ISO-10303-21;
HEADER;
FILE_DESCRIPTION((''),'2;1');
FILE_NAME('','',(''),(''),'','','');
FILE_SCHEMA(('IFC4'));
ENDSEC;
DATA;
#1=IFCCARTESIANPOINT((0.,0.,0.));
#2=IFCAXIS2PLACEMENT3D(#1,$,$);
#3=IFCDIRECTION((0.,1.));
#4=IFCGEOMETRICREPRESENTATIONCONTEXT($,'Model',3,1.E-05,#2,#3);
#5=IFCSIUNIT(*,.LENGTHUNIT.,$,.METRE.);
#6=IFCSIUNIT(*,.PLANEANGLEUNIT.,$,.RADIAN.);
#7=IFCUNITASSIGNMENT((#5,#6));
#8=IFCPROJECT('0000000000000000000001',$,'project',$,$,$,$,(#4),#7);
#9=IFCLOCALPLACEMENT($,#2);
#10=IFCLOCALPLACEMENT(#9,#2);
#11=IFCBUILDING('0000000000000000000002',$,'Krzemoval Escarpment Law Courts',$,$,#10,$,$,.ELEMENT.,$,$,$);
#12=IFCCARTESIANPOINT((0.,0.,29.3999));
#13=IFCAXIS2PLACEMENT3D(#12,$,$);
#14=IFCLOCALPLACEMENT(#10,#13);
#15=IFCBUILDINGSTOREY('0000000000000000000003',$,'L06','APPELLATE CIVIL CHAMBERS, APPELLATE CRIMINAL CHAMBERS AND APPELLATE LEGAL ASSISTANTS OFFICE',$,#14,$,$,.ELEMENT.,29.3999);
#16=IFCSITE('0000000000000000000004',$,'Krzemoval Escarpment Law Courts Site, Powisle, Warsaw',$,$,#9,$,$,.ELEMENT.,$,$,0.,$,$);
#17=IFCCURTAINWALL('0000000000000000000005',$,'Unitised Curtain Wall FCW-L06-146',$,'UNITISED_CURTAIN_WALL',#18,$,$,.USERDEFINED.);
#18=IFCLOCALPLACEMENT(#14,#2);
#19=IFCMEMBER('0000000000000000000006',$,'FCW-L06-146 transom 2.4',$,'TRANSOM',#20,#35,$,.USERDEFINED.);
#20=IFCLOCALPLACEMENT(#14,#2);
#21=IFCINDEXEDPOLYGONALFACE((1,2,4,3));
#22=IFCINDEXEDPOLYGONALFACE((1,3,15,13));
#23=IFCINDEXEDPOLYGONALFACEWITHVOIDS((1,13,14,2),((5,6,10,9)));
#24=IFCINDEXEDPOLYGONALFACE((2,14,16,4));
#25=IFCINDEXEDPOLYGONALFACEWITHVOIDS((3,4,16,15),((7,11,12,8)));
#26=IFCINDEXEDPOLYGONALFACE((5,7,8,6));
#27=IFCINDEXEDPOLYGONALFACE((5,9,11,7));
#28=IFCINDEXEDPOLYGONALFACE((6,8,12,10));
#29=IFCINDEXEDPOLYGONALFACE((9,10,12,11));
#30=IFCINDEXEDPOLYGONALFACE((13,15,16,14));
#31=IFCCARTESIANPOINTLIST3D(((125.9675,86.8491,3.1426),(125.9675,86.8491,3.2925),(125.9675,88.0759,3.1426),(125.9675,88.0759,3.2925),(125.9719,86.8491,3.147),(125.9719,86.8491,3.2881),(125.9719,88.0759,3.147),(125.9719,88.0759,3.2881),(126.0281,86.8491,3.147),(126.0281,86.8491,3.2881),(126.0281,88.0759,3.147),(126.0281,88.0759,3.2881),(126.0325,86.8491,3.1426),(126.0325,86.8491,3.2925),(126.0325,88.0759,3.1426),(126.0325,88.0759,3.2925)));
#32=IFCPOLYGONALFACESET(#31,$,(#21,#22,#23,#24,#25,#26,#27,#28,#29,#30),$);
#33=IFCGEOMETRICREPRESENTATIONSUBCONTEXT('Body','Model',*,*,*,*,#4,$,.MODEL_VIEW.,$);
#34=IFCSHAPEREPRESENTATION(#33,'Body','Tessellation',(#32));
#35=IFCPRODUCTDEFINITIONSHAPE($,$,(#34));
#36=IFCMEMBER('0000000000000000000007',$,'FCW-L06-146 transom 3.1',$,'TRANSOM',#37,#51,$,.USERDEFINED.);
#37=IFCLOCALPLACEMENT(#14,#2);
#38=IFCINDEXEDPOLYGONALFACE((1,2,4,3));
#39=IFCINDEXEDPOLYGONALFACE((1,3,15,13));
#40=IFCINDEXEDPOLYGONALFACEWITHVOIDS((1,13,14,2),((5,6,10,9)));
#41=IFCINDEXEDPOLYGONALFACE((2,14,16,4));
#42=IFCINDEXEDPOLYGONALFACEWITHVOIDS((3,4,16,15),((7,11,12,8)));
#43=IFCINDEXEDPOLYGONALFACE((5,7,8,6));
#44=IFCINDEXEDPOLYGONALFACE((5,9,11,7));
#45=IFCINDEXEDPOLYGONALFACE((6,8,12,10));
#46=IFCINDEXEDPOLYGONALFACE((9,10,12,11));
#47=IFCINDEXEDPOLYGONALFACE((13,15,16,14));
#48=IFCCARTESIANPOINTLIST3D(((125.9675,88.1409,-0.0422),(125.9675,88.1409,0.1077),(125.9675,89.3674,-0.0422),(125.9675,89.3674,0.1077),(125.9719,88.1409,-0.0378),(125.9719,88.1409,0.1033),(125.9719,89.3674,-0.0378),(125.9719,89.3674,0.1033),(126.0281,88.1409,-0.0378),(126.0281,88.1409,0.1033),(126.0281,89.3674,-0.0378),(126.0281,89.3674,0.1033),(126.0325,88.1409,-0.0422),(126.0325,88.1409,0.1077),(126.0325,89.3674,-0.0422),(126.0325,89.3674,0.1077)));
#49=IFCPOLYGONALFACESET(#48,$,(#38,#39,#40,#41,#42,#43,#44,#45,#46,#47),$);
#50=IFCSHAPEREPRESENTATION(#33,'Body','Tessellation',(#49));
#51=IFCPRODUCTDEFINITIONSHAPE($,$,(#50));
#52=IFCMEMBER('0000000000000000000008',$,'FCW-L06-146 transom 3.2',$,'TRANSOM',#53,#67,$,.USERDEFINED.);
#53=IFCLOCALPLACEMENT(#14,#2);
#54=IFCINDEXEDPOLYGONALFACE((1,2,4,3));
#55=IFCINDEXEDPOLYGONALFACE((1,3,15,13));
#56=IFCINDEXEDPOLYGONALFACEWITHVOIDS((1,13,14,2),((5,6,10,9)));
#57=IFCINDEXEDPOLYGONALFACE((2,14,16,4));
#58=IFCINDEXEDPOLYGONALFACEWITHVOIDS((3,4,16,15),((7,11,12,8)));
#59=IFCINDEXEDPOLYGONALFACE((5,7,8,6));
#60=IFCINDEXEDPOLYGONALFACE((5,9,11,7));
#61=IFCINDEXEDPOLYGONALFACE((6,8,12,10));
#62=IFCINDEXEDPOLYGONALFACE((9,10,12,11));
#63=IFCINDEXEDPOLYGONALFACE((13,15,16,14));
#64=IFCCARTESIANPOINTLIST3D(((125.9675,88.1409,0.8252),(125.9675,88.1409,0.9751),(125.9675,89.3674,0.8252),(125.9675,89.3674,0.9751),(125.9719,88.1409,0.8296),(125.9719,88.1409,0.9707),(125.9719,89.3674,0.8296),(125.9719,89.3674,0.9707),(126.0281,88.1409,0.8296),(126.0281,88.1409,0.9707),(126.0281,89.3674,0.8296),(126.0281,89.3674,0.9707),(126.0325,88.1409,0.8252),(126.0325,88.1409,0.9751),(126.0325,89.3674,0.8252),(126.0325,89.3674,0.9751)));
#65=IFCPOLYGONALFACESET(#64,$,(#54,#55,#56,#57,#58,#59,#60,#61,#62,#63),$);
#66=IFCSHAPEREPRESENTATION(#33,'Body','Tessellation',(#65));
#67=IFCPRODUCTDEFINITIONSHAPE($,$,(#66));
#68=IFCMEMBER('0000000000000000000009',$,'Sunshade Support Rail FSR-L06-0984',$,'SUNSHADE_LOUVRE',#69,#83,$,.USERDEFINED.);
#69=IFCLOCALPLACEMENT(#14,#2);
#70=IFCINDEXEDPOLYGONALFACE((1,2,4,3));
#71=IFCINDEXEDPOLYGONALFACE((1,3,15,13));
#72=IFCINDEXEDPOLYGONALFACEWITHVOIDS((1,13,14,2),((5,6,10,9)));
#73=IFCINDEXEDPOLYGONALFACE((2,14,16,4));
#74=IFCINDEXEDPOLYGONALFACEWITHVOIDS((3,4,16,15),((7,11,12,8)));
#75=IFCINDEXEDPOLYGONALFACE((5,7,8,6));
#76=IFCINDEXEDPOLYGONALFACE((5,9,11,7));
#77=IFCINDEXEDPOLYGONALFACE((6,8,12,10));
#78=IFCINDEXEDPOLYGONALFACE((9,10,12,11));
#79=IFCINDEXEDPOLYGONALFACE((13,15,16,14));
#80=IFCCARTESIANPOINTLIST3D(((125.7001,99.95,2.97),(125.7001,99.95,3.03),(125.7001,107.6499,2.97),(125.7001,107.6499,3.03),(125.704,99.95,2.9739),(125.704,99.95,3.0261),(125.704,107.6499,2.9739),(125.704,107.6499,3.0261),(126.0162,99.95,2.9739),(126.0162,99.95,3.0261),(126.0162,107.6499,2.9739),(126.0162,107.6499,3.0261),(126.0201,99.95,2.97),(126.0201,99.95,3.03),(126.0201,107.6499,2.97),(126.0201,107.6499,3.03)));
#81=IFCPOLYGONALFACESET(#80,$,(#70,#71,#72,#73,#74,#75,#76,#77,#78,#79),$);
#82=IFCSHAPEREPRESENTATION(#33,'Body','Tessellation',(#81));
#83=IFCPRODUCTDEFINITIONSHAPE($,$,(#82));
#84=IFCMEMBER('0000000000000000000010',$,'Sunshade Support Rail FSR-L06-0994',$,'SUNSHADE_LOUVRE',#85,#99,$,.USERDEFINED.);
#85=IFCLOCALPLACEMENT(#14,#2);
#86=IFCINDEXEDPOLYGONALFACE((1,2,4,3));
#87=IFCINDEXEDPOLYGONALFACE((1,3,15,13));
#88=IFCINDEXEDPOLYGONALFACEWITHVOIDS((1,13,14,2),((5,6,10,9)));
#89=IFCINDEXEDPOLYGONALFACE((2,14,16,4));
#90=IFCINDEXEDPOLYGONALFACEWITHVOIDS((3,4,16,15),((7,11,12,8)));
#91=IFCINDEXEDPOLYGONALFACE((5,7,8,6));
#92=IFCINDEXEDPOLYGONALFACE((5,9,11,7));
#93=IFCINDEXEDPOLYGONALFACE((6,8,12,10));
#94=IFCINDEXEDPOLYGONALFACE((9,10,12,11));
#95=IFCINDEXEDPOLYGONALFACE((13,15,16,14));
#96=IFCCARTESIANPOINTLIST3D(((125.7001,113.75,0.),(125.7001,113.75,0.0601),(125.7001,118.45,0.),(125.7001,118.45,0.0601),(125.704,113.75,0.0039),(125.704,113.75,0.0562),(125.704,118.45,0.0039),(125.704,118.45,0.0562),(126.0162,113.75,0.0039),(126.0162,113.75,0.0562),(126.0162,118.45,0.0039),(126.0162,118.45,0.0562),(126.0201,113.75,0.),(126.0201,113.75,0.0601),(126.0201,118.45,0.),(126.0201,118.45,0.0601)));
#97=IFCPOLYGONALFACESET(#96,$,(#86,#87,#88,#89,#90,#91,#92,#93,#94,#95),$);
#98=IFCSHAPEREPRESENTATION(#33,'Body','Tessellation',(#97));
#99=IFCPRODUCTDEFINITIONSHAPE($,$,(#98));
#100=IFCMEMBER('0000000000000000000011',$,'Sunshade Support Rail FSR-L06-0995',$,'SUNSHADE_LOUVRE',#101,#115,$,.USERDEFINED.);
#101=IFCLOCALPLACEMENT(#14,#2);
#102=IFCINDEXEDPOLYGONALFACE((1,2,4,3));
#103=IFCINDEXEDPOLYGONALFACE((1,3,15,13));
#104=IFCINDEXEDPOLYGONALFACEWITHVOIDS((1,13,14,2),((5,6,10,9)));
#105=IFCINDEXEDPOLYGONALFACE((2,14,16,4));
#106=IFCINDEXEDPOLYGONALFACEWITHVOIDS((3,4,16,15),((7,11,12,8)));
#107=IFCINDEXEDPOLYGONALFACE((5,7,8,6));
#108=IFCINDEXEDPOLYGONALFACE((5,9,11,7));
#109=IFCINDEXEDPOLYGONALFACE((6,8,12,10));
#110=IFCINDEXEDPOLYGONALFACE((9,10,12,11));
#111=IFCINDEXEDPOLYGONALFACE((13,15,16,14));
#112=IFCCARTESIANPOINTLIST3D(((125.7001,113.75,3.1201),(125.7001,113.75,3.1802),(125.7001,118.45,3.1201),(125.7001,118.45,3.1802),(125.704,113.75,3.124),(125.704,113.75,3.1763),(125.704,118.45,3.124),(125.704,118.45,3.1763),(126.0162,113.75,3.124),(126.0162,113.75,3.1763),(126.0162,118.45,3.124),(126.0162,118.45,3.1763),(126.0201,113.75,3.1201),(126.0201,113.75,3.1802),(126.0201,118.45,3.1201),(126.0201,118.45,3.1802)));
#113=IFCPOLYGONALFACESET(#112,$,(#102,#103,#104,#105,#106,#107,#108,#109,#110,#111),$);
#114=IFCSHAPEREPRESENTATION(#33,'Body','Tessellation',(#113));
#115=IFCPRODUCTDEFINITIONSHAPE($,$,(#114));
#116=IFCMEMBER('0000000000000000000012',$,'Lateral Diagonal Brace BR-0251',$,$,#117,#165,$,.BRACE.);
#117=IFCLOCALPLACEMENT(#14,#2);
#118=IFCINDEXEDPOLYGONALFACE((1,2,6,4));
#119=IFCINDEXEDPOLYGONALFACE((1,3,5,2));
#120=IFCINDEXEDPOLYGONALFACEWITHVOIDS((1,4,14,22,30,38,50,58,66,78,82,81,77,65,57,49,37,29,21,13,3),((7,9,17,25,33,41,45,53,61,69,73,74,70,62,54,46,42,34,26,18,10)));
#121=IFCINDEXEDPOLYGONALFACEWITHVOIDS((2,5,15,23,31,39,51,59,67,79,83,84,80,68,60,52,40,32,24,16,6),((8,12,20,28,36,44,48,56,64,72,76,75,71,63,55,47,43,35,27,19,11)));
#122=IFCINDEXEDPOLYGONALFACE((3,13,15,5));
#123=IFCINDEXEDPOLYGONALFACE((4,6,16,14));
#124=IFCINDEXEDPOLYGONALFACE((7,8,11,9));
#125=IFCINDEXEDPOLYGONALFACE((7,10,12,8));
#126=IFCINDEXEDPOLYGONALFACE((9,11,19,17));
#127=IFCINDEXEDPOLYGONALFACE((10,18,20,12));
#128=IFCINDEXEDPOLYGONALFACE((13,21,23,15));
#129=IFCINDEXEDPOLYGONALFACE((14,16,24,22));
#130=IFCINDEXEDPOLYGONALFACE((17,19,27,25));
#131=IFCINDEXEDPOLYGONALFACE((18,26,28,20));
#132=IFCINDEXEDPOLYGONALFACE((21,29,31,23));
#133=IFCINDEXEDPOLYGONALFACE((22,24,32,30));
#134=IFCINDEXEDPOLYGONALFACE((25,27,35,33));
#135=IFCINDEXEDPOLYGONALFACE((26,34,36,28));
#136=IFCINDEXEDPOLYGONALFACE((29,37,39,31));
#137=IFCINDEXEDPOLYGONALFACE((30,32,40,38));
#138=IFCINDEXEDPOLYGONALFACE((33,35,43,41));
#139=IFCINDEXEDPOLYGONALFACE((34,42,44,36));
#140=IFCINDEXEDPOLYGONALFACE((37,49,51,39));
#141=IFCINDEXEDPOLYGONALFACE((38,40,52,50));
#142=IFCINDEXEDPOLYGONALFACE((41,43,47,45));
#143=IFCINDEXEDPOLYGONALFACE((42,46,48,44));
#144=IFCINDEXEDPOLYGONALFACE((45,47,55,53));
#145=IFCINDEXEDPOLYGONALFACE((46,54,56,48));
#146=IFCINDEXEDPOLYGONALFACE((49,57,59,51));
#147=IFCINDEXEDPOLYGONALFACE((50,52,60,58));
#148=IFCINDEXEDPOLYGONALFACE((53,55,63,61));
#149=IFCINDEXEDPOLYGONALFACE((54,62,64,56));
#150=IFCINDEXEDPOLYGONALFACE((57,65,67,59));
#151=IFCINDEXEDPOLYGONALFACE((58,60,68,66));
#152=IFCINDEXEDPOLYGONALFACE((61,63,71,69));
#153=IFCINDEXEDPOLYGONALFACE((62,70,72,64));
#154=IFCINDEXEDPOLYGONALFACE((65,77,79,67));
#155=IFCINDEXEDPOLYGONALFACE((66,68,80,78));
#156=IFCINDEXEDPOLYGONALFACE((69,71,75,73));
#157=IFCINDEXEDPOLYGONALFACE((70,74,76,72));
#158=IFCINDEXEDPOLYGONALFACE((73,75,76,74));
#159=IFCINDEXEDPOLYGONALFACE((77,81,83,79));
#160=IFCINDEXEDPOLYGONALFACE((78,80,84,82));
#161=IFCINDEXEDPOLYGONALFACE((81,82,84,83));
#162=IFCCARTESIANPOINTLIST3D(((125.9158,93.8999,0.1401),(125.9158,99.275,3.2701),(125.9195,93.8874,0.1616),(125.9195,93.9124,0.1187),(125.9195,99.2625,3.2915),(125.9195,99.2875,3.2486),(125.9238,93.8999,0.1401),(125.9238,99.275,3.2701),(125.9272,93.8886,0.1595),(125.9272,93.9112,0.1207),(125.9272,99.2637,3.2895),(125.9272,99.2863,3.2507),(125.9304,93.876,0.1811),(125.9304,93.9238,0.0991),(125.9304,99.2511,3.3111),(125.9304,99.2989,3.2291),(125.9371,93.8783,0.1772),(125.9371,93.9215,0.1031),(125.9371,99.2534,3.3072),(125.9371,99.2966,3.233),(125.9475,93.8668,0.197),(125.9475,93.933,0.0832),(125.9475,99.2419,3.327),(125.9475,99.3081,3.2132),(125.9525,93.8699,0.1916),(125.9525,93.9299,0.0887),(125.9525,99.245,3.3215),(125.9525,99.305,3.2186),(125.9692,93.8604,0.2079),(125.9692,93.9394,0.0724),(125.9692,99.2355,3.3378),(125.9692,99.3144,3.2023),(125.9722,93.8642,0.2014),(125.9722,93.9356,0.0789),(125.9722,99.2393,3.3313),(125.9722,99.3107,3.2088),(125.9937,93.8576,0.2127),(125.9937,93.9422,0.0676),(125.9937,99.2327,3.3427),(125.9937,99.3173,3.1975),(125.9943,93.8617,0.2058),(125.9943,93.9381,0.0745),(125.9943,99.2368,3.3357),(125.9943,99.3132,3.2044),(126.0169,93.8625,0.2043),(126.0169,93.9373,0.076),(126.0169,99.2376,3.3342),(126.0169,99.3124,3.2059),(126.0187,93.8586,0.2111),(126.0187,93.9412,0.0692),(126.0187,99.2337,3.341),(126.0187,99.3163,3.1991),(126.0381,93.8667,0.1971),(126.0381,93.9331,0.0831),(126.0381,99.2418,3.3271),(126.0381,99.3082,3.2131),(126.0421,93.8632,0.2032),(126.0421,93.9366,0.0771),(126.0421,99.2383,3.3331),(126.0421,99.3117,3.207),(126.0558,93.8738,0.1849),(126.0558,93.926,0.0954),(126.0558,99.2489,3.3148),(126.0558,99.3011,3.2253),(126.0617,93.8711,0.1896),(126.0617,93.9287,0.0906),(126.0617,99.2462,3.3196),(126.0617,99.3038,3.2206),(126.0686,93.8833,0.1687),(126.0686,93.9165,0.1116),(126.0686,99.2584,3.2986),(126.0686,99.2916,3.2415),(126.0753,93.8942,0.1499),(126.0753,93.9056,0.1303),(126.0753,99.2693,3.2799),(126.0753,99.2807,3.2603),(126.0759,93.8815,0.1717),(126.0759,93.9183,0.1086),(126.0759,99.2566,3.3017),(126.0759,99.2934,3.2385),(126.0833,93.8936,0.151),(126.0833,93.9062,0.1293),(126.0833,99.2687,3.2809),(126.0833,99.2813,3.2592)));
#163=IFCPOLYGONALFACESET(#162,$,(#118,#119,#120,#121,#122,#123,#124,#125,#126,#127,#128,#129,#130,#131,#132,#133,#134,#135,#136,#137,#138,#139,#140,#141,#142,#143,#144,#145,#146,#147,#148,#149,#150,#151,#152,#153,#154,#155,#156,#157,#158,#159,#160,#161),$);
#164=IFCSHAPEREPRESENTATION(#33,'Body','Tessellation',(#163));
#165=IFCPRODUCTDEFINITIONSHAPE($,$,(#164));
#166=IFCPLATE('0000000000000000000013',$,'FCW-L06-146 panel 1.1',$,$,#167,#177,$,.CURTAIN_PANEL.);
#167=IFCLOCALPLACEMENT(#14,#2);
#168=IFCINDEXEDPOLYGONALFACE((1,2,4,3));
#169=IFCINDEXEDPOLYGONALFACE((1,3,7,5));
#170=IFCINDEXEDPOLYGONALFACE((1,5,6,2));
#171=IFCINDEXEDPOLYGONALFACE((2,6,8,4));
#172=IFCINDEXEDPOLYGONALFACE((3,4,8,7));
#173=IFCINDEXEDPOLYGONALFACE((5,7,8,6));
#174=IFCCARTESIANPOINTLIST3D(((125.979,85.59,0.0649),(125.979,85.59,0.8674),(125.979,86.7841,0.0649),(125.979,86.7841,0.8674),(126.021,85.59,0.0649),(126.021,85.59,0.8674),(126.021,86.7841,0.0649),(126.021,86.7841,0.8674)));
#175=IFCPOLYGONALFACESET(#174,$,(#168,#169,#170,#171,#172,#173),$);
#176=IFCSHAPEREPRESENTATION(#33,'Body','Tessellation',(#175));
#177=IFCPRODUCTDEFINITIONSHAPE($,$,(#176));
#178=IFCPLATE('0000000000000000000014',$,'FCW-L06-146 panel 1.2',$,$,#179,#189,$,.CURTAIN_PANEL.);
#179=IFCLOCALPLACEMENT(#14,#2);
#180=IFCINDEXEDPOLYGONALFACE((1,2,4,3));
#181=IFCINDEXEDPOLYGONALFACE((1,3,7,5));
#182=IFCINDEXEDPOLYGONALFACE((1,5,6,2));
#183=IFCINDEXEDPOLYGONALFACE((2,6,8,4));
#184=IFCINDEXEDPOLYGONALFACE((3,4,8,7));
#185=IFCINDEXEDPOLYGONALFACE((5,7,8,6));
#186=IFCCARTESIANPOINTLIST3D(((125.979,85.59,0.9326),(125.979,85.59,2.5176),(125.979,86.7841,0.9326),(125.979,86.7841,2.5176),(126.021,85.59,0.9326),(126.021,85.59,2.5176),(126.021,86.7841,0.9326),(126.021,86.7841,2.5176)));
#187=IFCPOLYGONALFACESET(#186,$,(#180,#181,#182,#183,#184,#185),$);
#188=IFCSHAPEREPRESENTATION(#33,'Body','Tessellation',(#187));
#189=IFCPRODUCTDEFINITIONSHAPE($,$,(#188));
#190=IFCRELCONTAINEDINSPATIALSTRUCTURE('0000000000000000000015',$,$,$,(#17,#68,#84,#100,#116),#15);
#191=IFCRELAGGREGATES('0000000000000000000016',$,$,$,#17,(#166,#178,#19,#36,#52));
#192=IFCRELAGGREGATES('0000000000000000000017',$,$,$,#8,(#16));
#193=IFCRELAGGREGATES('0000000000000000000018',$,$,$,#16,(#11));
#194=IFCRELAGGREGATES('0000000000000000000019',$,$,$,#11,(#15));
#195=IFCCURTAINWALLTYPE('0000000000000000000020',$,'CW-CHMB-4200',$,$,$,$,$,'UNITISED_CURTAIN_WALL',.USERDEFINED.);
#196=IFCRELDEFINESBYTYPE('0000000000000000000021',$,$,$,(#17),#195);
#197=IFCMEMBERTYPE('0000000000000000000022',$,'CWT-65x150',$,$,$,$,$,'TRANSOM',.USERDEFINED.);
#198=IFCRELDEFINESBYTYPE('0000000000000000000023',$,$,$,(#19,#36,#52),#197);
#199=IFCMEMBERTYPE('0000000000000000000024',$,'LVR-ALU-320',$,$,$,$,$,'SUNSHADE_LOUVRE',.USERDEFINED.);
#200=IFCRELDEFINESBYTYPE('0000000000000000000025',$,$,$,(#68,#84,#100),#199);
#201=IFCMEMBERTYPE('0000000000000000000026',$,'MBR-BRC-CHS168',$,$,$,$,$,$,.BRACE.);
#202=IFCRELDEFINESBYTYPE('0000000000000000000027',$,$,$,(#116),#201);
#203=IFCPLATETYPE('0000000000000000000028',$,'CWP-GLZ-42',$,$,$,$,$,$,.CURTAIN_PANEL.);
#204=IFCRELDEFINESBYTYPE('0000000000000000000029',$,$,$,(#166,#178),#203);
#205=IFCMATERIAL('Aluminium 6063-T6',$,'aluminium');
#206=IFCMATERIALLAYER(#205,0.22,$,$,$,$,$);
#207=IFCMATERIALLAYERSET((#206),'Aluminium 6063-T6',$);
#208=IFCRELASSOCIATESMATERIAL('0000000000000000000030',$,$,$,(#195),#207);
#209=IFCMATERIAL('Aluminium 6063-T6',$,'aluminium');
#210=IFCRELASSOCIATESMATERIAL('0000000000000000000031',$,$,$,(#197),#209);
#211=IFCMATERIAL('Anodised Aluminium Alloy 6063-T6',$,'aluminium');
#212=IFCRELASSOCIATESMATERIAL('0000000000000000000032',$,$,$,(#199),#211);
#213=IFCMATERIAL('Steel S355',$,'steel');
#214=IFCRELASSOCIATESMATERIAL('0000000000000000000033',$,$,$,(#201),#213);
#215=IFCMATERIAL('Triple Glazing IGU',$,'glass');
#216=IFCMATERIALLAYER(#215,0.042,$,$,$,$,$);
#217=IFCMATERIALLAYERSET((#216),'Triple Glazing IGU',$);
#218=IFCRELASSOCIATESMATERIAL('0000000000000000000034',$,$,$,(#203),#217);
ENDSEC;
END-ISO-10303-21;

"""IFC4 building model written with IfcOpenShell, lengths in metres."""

from ifc_helpers import new_model, si_unit, direction, frame, origin, origin_2d, place, context, subcontext, project, spatial, rectangle, hollow_rectangle, hollow_circle, extrude, material, layer, layer_set, material_profile, profile_set, type_object, element, aggregate, save


model = new_model("IFC4")

# Units and contexts
model_context = context("Model", 3, precision=1e-05, world=origin(), true_north=direction((0.0, 1.0)))
body_context = subcontext(model_context, "Body", "Model", "MODEL_VIEW")
ifc_project = project(units=[si_unit("LENGTHUNIT", "METRE"), si_unit("PLANEANGLEUNIT", "RADIAN")], contexts=[model_context])

# Site, building, storey
site_placement = place(None, origin())
site = spatial("IfcSite", under=ifc_project, at=site_placement, Name="Krzemoval Escarpment Law Courts Site, Powisle, Warsaw", CompositionType="ELEMENT", RefElevation=0.0)
building_placement = place(site_placement, origin())
building = spatial("IfcBuilding", under=site, at=building_placement, Name="Krzemoval Escarpment Law Courts", CompositionType="ELEMENT")
storey_placement = place(building_placement, frame((0.0, 0.0, 29.3999)))
storey = spatial("IfcBuildingStorey", under=building, at=storey_placement, Name="L06", Description="APPELLATE CIVIL CHAMBERS, APPELLATE CRIMINAL CHAMBERS AND APPELLATE LEGAL ASSISTANTS OFFICE", CompositionType="ELEMENT", Elevation=29.3999)

# Curtain wall, members
ifc_material_1 = material(Name="Aluminium 6063-T6", Category="aluminium")
ifc_layer_1 = layer(ifc_material_1, 0.22)
ifc_layer_set_1 = layer_set([ifc_layer_1], Name="Aluminium 6063-T6")
curtain_wall_type = type_object("IfcCurtainWallType", Name="CW-CHMB-4200", ElementType="UNITISED_CURTAIN_WALL", PredefinedType="USERDEFINED", material=ifc_layer_set_1)
curtain_wall_placement = place(storey_placement, origin())
curtain_wall = element("IfcCurtainWall", 1, at=curtain_wall_placement, inside=storey, type_object=curtain_wall_type, Name="Unitised Curtain Wall FCW-L06-146", ObjectType="UNITISED_CURTAIN_WALL", PredefinedType="USERDEFINED")
ifc_material_2 = material(Name="Aluminium 6063-T6", Category="aluminium")
ifc_material_profile_1 = material_profile(ifc_material_2, hollow_rectangle(XDim=0.0649, YDim=0.1499, WallThickness=0.0044, at=origin_2d()), Name="ALU T65x150")
ifc_profile_set_1 = profile_set([ifc_material_profile_1], Name="Aluminium 6063-T6")
member_type_1 = type_object("IfcMemberType", Name="CWT-65x150", ElementType="TRANSOM", PredefinedType="USERDEFINED", material=ifc_profile_set_1)
member_1_placement = place(storey_placement, frame((126.0, 86.8491, 3.2175), z_axis=(0.0, 1.0, 0.0), x_axis=(-1.0, 0.0, 0.0)))
member_1 = element("IfcMember", 2, at=member_1_placement, type_object=member_type_1, Name="FCW-L06-146 transom 2.4", ObjectType="TRANSOM", PredefinedType="USERDEFINED", context=body_context, shape_type="SweptSolid", body=[
    extrude(hollow_rectangle(XDim=0.0649, YDim=0.1499, WallThickness=0.0044, at=origin_2d()), origin(), (0.0, 0.0, 1.0), 1.2268),
])
member_2_placement = place(storey_placement, frame((126.0, 88.1409, 0.0327), z_axis=(0.0, 1.0, 0.0), x_axis=(-1.0, 0.0, 0.0)))
member_2 = element("IfcMember", 3, at=member_2_placement, type_object=member_type_1, Name="FCW-L06-146 transom 3.1", ObjectType="TRANSOM", PredefinedType="USERDEFINED", context=body_context, shape_type="SweptSolid", body=[
    extrude(hollow_rectangle(XDim=0.0649, YDim=0.1499, WallThickness=0.0044, at=origin_2d()), origin(), (0.0, 0.0, 1.0), 1.2266),
])
member_3_placement = place(storey_placement, frame((126.0, 88.1409, 0.9001), z_axis=(0.0, 1.0, 0.0), x_axis=(-1.0, 0.0, 0.0)))
member_3 = element("IfcMember", 4, at=member_3_placement, type_object=member_type_1, Name="FCW-L06-146 transom 3.2", ObjectType="TRANSOM", PredefinedType="USERDEFINED", context=body_context, shape_type="SweptSolid", body=[
    extrude(hollow_rectangle(XDim=0.0649, YDim=0.1499, WallThickness=0.0044, at=origin_2d()), origin(), (0.0, 0.0, 1.0), 1.2266),
])

# Members
ifc_material_3 = material(Name="Anodised Aluminium Alloy 6063-T6", Category="aluminium")
ifc_material_profile_2 = material_profile(ifc_material_3, hollow_rectangle(XDim=0.0601, YDim=0.3201, WallThickness=0.0039, at=origin_2d()), Name="ALU LVR 60x320")
ifc_profile_set_2 = profile_set([ifc_material_profile_2], Name="Anodised Aluminium Alloy 6063-T6")
member_type_2 = type_object("IfcMemberType", Name="LVR-ALU-320", ElementType="SUNSHADE_LOUVRE", PredefinedType="USERDEFINED", material=ifc_profile_set_2)
member_4_placement = place(storey_placement, frame((125.8601, 99.95, 3.0), z_axis=(0.0, 1.0, 0.0), x_axis=(0.0, 0.0, 1.0)))
element("IfcMember", 5, at=member_4_placement, inside=storey, type_object=member_type_2, Name="Sunshade Support Rail FSR-L06-0984", ObjectType="SUNSHADE_LOUVRE", PredefinedType="USERDEFINED", context=body_context, shape_type="SweptSolid", body=[
    extrude(hollow_rectangle(XDim=0.0601, YDim=0.3201, WallThickness=0.0039, at=origin_2d()), origin(), (0.0, 0.0, 1.0), 7.7),
])
for number, where, z_axis, x_axis, name in (
    (6, (125.8601, 113.75, 0.03), (0.0, 1.0, 0.0), (0.0, 0.0, 1.0), "Sunshade Support Rail FSR-L06-0994"),
    (7, (125.8601, 113.75, 3.1501), (0.0, 1.0, 0.0), (0.0, 0.0, 1.0), "Sunshade Support Rail FSR-L06-0995"),
):
    element("IfcMember", number, at=place(storey_placement, frame(where, z_axis=z_axis, x_axis=x_axis)), inside=storey, type_object=member_type_2, Name=name, ObjectType="SUNSHADE_LOUVRE", PredefinedType="USERDEFINED", context=body_context, shape_type="SweptSolid", body=[
        extrude(hollow_rectangle(XDim=0.0601, YDim=0.3201, WallThickness=0.0039, at=origin_2d()), origin(), (0.0, 0.0, 1.0), 4.7),
    ])
ifc_material_4 = material(Name="Steel S355", Category="steel")
ifc_material_profile_3 = material_profile(ifc_material_4, hollow_circle(Radius=0.0842, WallThickness=0.0081, at=origin_2d()), Name="CHS 168.3x8")
ifc_profile_set_3 = profile_set([ifc_material_profile_3], Name="Steel S355")
member_type_3 = type_object("IfcMemberType", Name="MBR-BRC-CHS168", PredefinedType="BRACE", material=ifc_profile_set_3)
member_5_placement = place(storey_placement, frame((126.0, 93.8999, 0.1401), z_axis=(0.0, 0.864166, 0.503207), x_axis=(-1.0, 0.0, 0.0)))
element("IfcMember", 8, at=member_5_placement, inside=storey, type_object=member_type_3, Name="Lateral Diagonal Brace BR-0251", PredefinedType="BRACE", context=body_context, shape_type="SweptSolid", body=[
    extrude(hollow_circle(Radius=0.0842, WallThickness=0.0081, at=origin_2d()), origin(), (0.0, 0.0, 1.0), 6.22),
])

# Plates
ifc_material_5 = material(Name="Triple Glazing IGU", Category="glass")
ifc_layer_2 = layer(ifc_material_5, 0.042)
ifc_layer_set_2 = layer_set([ifc_layer_2], Name="Triple Glazing IGU")
plate_type_1 = type_object("IfcPlateType", Name="CWP-GLZ-42", PredefinedType="CURTAIN_PANEL", material=ifc_layer_set_2)
plate_1_placement = place(storey_placement, frame((126.0, 86.187, 0.0649), z_axis=(0.0, 0.0, 1.0), x_axis=(0.0, 1.0, 0.0)))
plate_1 = element("IfcPlate", 9, at=plate_1_placement, type_object=plate_type_1, Name="FCW-L06-146 panel 1.1", PredefinedType="CURTAIN_PANEL", context=body_context, shape_type="SweptSolid", body=[
    extrude(rectangle(XDim=1.1941, YDim=0.042, at=origin_2d()), origin(), (0.0, 0.0, 1.0), 0.8025),
])
plate_2_placement = place(storey_placement, frame((126.0, 86.187, 0.9326), z_axis=(0.0, 0.0, 1.0), x_axis=(0.0, 1.0, 0.0)))
plate_2 = element("IfcPlate", 10, at=plate_2_placement, type_object=plate_type_1, Name="FCW-L06-146 panel 1.2", PredefinedType="CURTAIN_PANEL", context=body_context, shape_type="SweptSolid", body=[
    extrude(rectangle(XDim=1.1941, YDim=0.042, at=origin_2d()), origin(), (0.0, 0.0, 1.0), 1.585),
])
aggregate(curtain_wall, [plate_1, plate_2, member_1, member_2, member_3])

save(model, "model.ifc")
